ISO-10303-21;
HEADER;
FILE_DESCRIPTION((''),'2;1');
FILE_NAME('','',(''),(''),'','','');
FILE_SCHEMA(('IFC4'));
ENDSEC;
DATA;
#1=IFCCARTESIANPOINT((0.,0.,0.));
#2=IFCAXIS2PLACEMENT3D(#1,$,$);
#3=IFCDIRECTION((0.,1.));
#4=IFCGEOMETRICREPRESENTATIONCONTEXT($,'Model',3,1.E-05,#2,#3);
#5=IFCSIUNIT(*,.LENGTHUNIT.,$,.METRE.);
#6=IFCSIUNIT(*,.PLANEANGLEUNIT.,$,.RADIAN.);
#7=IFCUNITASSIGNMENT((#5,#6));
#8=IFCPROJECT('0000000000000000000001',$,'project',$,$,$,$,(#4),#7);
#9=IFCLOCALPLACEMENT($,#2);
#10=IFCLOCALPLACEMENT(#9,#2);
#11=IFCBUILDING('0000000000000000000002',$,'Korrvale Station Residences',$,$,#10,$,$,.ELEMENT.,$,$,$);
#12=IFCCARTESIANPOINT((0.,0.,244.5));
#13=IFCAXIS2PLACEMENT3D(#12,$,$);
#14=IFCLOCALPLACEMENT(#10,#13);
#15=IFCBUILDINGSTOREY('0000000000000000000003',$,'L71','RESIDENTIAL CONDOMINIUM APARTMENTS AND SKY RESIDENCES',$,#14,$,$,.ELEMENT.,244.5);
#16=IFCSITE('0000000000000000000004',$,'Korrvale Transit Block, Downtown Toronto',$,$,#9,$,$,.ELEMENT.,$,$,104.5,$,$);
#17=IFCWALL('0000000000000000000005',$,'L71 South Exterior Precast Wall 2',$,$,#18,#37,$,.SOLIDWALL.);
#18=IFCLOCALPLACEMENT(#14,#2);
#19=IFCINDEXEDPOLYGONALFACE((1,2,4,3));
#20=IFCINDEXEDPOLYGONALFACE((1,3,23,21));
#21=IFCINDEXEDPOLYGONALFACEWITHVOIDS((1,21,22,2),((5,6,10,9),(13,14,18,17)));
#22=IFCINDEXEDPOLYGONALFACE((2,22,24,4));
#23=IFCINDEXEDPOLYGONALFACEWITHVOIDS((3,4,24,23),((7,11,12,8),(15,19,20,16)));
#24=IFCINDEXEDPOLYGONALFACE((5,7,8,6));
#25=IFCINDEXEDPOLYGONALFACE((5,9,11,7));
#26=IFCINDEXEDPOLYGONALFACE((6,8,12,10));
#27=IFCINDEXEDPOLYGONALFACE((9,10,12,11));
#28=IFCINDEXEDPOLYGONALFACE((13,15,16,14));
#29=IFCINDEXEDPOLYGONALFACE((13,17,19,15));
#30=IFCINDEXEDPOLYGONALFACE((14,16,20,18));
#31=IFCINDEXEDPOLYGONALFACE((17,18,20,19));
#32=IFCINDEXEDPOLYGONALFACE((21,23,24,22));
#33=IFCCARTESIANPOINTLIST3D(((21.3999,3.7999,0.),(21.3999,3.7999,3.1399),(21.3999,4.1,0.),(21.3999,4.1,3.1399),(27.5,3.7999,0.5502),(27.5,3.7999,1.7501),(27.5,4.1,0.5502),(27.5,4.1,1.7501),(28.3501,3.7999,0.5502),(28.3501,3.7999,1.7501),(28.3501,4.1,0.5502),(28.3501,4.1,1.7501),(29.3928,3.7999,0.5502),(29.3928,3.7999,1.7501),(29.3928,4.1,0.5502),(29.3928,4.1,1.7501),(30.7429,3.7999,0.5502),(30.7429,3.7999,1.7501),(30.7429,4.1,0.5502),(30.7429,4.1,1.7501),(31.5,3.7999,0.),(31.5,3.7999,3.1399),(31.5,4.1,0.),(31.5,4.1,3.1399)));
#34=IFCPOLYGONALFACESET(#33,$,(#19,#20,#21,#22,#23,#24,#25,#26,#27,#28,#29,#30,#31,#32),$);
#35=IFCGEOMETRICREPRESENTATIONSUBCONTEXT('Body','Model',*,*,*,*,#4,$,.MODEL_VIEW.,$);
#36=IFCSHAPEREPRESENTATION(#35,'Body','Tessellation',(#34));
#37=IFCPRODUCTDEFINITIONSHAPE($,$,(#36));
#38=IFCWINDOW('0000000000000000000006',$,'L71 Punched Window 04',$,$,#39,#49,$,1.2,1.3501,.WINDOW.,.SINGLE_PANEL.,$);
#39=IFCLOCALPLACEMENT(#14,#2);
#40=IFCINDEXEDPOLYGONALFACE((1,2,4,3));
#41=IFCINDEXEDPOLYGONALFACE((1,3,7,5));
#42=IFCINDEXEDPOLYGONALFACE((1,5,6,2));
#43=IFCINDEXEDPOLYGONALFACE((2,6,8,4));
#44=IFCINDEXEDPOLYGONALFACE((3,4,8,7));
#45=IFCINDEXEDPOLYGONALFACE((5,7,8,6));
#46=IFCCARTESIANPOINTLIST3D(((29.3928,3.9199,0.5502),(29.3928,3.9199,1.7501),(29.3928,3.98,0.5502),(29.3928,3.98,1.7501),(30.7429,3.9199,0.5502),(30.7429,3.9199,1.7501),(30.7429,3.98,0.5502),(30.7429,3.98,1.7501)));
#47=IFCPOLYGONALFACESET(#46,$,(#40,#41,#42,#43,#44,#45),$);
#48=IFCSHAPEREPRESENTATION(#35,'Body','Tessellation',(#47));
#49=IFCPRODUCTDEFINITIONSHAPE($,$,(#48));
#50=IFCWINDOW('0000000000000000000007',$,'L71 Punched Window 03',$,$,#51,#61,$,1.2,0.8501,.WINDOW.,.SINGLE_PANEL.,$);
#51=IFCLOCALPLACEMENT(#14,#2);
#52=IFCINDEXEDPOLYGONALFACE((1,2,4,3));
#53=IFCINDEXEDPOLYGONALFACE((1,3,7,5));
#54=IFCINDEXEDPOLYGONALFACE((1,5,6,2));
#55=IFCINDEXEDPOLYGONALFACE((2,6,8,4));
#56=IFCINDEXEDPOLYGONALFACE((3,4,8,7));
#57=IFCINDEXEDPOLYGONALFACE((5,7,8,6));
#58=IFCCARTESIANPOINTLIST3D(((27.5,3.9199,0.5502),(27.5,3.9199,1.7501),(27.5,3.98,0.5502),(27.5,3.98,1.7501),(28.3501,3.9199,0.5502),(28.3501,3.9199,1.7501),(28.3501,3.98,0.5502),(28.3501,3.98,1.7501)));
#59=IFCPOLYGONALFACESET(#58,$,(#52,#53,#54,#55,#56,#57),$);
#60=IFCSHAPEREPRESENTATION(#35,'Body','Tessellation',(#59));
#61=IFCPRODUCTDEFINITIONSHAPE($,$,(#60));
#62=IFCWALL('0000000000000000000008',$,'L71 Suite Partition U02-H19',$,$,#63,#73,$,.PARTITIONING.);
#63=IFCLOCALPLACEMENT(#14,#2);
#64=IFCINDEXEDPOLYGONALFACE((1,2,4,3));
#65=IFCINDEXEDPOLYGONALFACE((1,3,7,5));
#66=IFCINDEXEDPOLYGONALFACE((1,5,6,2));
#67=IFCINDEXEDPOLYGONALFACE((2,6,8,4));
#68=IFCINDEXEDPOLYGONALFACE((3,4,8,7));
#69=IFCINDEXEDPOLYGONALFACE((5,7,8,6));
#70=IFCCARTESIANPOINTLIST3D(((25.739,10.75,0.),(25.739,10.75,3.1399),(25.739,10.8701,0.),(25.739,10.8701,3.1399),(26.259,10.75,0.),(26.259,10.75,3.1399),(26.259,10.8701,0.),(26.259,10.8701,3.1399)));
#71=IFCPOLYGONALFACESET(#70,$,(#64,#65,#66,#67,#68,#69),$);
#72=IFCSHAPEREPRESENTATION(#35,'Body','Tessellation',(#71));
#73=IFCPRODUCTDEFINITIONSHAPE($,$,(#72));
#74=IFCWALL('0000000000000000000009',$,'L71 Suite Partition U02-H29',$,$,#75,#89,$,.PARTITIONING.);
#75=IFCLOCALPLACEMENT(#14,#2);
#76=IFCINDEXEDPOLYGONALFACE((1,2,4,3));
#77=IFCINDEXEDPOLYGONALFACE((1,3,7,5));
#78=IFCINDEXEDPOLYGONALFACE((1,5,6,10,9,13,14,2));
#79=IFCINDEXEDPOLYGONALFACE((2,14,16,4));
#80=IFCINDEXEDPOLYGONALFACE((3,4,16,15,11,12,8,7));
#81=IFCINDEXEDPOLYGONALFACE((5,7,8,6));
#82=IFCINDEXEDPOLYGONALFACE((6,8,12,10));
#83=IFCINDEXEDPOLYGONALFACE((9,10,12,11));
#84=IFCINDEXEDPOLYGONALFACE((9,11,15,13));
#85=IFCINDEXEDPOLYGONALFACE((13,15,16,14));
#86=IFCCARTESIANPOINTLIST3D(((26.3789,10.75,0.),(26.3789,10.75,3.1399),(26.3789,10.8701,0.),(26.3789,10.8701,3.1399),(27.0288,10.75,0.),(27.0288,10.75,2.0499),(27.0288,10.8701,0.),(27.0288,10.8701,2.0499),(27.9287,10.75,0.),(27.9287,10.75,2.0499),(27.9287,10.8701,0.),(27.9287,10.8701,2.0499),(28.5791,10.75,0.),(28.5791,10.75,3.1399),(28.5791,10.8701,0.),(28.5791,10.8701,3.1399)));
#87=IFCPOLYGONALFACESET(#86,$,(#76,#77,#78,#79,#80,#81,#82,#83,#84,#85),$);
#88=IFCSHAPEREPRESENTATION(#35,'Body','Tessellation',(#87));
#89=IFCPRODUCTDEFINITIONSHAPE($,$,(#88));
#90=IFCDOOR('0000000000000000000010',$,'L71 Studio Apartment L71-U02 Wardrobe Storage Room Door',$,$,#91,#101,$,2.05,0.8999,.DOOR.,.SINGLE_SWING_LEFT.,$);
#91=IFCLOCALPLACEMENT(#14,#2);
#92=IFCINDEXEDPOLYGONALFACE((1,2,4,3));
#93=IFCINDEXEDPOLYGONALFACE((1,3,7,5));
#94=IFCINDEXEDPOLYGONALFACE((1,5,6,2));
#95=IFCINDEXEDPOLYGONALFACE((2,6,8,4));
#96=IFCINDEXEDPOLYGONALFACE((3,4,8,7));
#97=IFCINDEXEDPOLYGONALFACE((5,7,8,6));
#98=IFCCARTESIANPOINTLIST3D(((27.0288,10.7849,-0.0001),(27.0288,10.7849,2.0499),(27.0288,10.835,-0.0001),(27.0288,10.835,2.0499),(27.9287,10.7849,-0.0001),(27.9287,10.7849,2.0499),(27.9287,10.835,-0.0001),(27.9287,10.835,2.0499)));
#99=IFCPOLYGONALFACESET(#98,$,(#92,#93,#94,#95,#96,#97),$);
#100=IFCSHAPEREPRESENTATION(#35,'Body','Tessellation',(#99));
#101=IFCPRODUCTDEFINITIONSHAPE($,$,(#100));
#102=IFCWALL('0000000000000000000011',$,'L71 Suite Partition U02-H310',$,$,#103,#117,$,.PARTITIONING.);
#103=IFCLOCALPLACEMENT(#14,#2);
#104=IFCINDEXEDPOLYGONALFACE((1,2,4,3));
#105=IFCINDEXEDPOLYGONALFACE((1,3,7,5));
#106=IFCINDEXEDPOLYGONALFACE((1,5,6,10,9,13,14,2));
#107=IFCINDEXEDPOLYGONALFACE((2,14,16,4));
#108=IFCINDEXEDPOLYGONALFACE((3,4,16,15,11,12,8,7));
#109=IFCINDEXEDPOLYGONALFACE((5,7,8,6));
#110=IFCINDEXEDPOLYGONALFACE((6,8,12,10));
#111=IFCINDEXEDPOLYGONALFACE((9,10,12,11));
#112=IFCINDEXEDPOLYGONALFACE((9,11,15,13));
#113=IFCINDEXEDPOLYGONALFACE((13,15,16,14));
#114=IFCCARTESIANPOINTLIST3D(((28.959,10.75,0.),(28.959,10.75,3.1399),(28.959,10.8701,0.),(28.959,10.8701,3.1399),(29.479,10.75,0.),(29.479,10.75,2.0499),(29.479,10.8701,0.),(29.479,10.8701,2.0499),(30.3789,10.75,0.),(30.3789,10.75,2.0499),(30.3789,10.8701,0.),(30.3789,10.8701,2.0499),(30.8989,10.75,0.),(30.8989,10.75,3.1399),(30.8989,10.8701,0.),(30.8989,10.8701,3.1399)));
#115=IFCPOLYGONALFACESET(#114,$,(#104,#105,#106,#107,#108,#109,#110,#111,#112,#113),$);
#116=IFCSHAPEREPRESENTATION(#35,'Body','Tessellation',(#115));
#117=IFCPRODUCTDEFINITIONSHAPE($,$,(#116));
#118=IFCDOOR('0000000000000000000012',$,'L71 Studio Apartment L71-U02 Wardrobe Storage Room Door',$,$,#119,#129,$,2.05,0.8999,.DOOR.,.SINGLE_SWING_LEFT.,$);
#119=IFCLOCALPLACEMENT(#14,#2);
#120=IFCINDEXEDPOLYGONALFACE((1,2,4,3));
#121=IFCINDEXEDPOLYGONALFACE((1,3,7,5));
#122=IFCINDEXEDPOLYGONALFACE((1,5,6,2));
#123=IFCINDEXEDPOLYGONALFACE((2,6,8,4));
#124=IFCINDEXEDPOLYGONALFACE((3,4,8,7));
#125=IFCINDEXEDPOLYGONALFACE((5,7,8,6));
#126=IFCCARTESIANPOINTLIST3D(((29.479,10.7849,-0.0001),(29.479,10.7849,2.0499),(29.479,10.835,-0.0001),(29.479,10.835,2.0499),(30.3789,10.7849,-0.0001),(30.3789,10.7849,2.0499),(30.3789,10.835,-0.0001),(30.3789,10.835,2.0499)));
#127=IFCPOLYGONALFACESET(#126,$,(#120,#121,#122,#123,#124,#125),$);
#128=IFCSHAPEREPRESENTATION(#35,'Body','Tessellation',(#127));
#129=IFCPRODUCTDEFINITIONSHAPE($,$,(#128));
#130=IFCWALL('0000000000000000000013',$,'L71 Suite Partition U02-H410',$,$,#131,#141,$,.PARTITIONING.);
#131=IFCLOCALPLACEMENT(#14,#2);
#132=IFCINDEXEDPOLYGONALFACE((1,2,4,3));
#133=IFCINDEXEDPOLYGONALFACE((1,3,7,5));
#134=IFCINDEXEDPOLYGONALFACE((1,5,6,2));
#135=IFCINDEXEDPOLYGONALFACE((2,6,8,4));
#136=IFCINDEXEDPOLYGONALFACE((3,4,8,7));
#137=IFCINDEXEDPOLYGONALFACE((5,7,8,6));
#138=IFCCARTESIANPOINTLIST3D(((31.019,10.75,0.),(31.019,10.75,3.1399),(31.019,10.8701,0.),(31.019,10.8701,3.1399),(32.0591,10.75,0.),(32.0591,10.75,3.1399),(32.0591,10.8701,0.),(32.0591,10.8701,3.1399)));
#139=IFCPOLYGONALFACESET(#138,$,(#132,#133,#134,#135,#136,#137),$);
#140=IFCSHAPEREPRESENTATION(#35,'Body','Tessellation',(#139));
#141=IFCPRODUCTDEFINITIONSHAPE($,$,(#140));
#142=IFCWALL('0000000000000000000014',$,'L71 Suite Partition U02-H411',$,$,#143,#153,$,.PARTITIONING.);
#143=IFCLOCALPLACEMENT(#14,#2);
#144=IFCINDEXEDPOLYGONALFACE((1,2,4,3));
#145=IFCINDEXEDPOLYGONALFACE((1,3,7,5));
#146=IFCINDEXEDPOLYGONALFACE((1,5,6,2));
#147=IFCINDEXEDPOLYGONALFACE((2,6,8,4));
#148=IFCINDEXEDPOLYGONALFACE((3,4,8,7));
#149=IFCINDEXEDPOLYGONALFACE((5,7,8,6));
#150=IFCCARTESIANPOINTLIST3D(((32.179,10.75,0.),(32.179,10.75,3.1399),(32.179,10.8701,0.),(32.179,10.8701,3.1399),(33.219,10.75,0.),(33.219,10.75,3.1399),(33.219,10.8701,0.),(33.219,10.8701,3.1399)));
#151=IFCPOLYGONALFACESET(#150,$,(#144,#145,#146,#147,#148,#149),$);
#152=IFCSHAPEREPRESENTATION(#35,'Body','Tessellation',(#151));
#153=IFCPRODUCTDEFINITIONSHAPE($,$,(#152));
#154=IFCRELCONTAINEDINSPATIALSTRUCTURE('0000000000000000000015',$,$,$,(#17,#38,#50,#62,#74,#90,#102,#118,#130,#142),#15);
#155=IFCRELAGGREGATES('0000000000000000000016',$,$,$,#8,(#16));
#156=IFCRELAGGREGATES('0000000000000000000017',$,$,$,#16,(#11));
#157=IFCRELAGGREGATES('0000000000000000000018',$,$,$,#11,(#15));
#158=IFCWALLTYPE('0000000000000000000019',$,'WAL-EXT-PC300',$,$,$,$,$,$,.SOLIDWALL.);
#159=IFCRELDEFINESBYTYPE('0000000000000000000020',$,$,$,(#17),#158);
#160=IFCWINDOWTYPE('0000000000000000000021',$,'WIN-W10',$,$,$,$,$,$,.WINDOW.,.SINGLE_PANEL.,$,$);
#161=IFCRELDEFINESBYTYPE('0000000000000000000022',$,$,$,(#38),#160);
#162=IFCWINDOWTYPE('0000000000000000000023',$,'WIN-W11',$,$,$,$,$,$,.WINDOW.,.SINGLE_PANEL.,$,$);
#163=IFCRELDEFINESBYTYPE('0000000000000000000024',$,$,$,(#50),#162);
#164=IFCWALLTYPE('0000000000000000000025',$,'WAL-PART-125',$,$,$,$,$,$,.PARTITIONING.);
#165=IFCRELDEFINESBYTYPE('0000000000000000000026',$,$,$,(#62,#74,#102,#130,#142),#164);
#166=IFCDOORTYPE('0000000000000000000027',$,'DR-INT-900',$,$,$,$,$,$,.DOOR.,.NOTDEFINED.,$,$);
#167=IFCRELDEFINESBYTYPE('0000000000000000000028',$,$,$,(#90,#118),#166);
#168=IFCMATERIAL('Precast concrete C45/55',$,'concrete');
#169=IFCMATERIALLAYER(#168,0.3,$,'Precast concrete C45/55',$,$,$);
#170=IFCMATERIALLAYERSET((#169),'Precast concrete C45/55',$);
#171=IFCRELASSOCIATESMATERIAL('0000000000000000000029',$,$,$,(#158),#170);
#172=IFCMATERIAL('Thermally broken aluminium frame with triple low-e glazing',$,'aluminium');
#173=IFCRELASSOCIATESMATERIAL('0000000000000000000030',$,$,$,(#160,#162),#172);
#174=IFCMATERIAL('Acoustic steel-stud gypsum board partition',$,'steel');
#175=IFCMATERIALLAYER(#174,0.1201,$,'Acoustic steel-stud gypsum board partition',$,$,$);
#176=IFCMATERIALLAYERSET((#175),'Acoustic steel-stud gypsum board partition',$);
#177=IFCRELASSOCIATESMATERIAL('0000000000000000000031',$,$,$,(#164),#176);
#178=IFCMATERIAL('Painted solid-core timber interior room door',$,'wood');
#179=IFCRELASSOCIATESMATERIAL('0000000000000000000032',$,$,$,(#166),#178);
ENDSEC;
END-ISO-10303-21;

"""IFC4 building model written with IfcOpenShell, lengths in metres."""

from ifc_helpers import new_model, si_unit, direction, frame, frame_2d, origin, place, context, subcontext, project, spatial, rectangle, extrude, material, layer, layer_set, type_object, element, fill, save


model = new_model("IFC4")

# Units and contexts
model_context = context("Model", 3, precision=1e-05, world=origin(), true_north=direction((0.0, 1.0)))
body_context = subcontext(model_context, "Body", "Model", "MODEL_VIEW")
ifc_project = project(units=[si_unit("LENGTHUNIT", "METRE"), si_unit("PLANEANGLEUNIT", "RADIAN")], contexts=[model_context])

# Site, building, storey
site_placement = place(None, origin())
site = spatial("IfcSite", under=ifc_project, at=site_placement, Name="Korrvale Transit Block, Downtown Toronto", CompositionType="ELEMENT", RefElevation=104.5)
building_placement = place(site_placement, origin())
building = spatial("IfcBuilding", under=site, at=building_placement, Name="Korrvale Station Residences", CompositionType="ELEMENT")
storey_placement = place(building_placement, frame((0.0, 0.0, 244.5)))
storey = spatial("IfcBuildingStorey", under=building, at=storey_placement, Name="L71", Description="RESIDENTIAL CONDOMINIUM APARTMENTS AND SKY RESIDENCES", CompositionType="ELEMENT", Elevation=244.5)

# Shared definitions
ifc_material_1 = material(Name="Precast concrete C45/55", Category="concrete")

# Wall, openings, windows
ifc_layer_1 = layer(ifc_material_1, 0.3, Name="Precast concrete C45/55")
ifc_layer_set_1 = layer_set([ifc_layer_1], Name="Precast concrete C45/55")
wall_type_1 = type_object("IfcWallType", Name="WAL-EXT-PC300", PredefinedType="SOLIDWALL", material=ifc_layer_set_1)
wall_1_placement = place(storey_placement, frame((31.5, 3.95, 0.0), z_axis=(0.0, 0.0, 1.0), x_axis=(-1.0, 0.0, 0.0)))
wall_1 = element("IfcWall", 1, at=wall_1_placement, inside=storey, type_object=wall_type_1, Name="L71 South Exterior Precast Wall 2", PredefinedType="SOLIDWALL", context=body_context, shape_type="SweptSolid", body=[
    extrude(rectangle(XDim=10.1001, YDim=0.3, at=frame_2d((5.05, 0.0))), origin(), (0.0, 0.0, 1.0), 3.1399),
])
opening_1_placement = place(wall_1_placement, frame((3.1499, 0.0, 0.55)))
opening_1 = element("IfcOpeningElement", 2, at=opening_1_placement, cuts=wall_1, PredefinedType="OPENING", context=body_context, shape_type="SweptSolid", body=[
    extrude(rectangle(XDim=0.8501, YDim=1.2, at=frame_2d((0.425, 0.6001))), frame((0.0, 0.1602, 0.0), z_axis=(0.0, -1.0, 0.0), x_axis=(1.0, 0.0, 0.0)), (0.0, 0.0, 1.0), 0.3201),
])
opening_2_placement = place(wall_1_placement, frame((0.7571, 0.0, 0.55)))
opening_2 = element("IfcOpeningElement", 3, at=opening_2_placement, cuts=wall_1, PredefinedType="OPENING", context=body_context, shape_type="SweptSolid", body=[
    extrude(rectangle(XDim=1.3501, YDim=1.2, at=frame_2d((0.675, 0.6001))), frame((0.0, 0.1602, 0.0), z_axis=(0.0, -1.0, 0.0), x_axis=(1.0, 0.0, 0.0)), (0.0, 0.0, 1.0), 0.3201),
])
ifc_material_2 = material(Name="Thermally broken aluminium frame with triple low-e glazing", Category="aluminium")
window_type_1 = type_object("IfcWindowType", Name="WIN-W10", PartitioningType="SINGLE_PANEL", PredefinedType="WINDOW", material=ifc_material_2)
window_1_placement = place(opening_2_placement, origin())
window_1 = element("IfcWindow", 4, at=window_1_placement, inside=storey, type_object=window_type_1, Name="L71 Punched Window 04", OverallHeight=1.2, OverallWidth=1.3501, PartitioningType="SINGLE_PANEL", PredefinedType="WINDOW", context=body_context, shape_type="SweptSolid", body=[
    extrude(rectangle(XDim=1.3501, YDim=1.2, at=frame_2d((0.675, 0.6001))), frame((0.0, 0.03, 0.0), z_axis=(0.0, -1.0, 0.0), x_axis=(1.0, 0.0, 0.0)), (0.0, 0.0, 1.0), 0.0601),
])
fill(opening_2, window_1)
window_type_2 = type_object("IfcWindowType", Name="WIN-W11", PartitioningType="SINGLE_PANEL", PredefinedType="WINDOW", material=ifc_material_2)
window_2_placement = place(opening_1_placement, origin())
window_2 = element("IfcWindow", 5, at=window_2_placement, inside=storey, type_object=window_type_2, Name="L71 Punched Window 03", OverallHeight=1.2, OverallWidth=0.8501, PartitioningType="SINGLE_PANEL", PredefinedType="WINDOW", context=body_context, shape_type="SweptSolid", body=[
    extrude(rectangle(XDim=0.8501, YDim=1.2, at=frame_2d((0.425, 0.6001))), frame((0.0, 0.03, 0.0), z_axis=(0.0, -1.0, 0.0), x_axis=(1.0, 0.0, 0.0)), (0.0, 0.0, 1.0), 0.0601),
])
fill(opening_1, window_2)

# Wall
ifc_material_3 = material(Name="Acoustic steel-stud gypsum board partition", Category="steel")
ifc_layer_2 = layer(ifc_material_3, 0.1201, Name="Acoustic steel-stud gypsum board partition")
ifc_layer_set_2 = layer_set([ifc_layer_2], Name="Acoustic steel-stud gypsum board partition")
wall_type_2 = type_object("IfcWallType", Name="WAL-PART-125", PredefinedType="PARTITIONING", material=ifc_layer_set_2)
wall_2_placement = place(storey_placement, frame((25.739, 10.8101, 0.0), z_axis=(0.0, 0.0, 1.0), x_axis=(1.0, 0.0, 0.0)))
element("IfcWall", 6, at=wall_2_placement, inside=storey, type_object=wall_type_2, Name="L71 Suite Partition U02-H19", PredefinedType="PARTITIONING", context=body_context, shape_type="SweptSolid", body=[
    extrude(rectangle(XDim=0.52, YDim=0.1201, at=frame_2d((0.26, 0.0))), origin(), (0.0, 0.0, 1.0), 3.1399),
])

# Walls, openings, doors
wall_3_placement = place(storey_placement, frame((26.3789, 10.8101, 0.0), z_axis=(0.0, 0.0, 1.0), x_axis=(1.0, 0.0, 0.0)))
wall_3 = element("IfcWall", 7, at=wall_3_placement, inside=storey, type_object=wall_type_2, Name="L71 Suite Partition U02-H29", PredefinedType="PARTITIONING", context=body_context, shape_type="SweptSolid", body=[
    extrude(rectangle(XDim=2.2002, YDim=0.1201, at=frame_2d((1.1001, 0.0))), origin(), (0.0, 0.0, 1.0), 3.1399),
])
opening_3_placement = place(wall_3_placement, frame((0.6499, 0.0, 0.0)))
opening_3 = element("IfcOpeningElement", 8, at=opening_3_placement, cuts=wall_3, PredefinedType="OPENING", context=body_context, shape_type="SweptSolid", body=[
    extrude(rectangle(XDim=0.8999, YDim=2.05, at=frame_2d((0.45, 1.0249))), frame((0.0, 0.0701, 0.0), z_axis=(0.0, -1.0, 0.0), x_axis=(1.0, 0.0, 0.0)), (0.0, 0.0, 1.0), 0.1401),
])
ifc_material_4 = material(Name="Painted solid-core timber interior room door", Category="wood")
door_type = type_object("IfcDoorType", Name="DR-INT-900", OperationType="NOTDEFINED", PredefinedType="DOOR", material=ifc_material_4)
door_1_placement = place(opening_3_placement, origin())
door_1 = element("IfcDoor", 9, at=door_1_placement, inside=storey, type_object=door_type, Name="L71 Studio Apartment L71-U02 Wardrobe Storage Room Door", OperationType="SINGLE_SWING_LEFT", OverallHeight=2.05, OverallWidth=0.8999, PredefinedType="DOOR", context=body_context, shape_type="SweptSolid", body=[
    extrude(rectangle(XDim=0.8999, YDim=2.05, at=frame_2d((0.45, 1.0249))), frame((0.0, 0.0249, 0.0), z_axis=(0.0, -1.0, 0.0), x_axis=(1.0, 0.0, 0.0)), (0.0, 0.0, 1.0), 0.05),
])
fill(opening_3, door_1)
wall_4_placement = place(storey_placement, frame((28.959, 10.8101, 0.0), z_axis=(0.0, 0.0, 1.0), x_axis=(1.0, 0.0, 0.0)))
wall_4 = element("IfcWall", 10, at=wall_4_placement, inside=storey, type_object=wall_type_2, Name="L71 Suite Partition U02-H310", PredefinedType="PARTITIONING", context=body_context, shape_type="SweptSolid", body=[
    extrude(rectangle(XDim=1.9399, YDim=0.1201, at=frame_2d((0.97, 0.0))), origin(), (0.0, 0.0, 1.0), 3.1399),
])
opening_4_placement = place(wall_4_placement, frame((0.52, 0.0, 0.0)))
opening_4 = element("IfcOpeningElement", 11, at=opening_4_placement, cuts=wall_4, PredefinedType="OPENING", context=body_context, shape_type="SweptSolid", body=[
    extrude(rectangle(XDim=0.8999, YDim=2.05, at=frame_2d((0.45, 1.0249))), frame((0.0, 0.0701, 0.0), z_axis=(0.0, -1.0, 0.0), x_axis=(1.0, 0.0, 0.0)), (0.0, 0.0, 1.0), 0.1401),
])
door_2_placement = place(opening_4_placement, origin())
door_2 = element("IfcDoor", 12, at=door_2_placement, inside=storey, type_object=door_type, Name="L71 Studio Apartment L71-U02 Wardrobe Storage Room Door", OperationType="SINGLE_SWING_LEFT", OverallHeight=2.05, OverallWidth=0.8999, PredefinedType="DOOR", context=body_context, shape_type="SweptSolid", body=[
    extrude(rectangle(XDim=0.8999, YDim=2.05, at=frame_2d((0.45, 1.0249))), frame((0.0, 0.0249, 0.0), z_axis=(0.0, -1.0, 0.0), x_axis=(1.0, 0.0, 0.0)), (0.0, 0.0, 1.0), 0.05),
])
fill(opening_4, door_2)

# Walls
for number, where, z_axis, x_axis, name in (
    (13, (31.019, 10.8101, 0.0), (0.0, 0.0, 1.0), (1.0, 0.0, 0.0), "L71 Suite Partition U02-H410"),
    (14, (32.179, 10.8101, 0.0), (0.0, 0.0, 1.0), (1.0, 0.0, 0.0), "L71 Suite Partition U02-H411"),
):
    element("IfcWall", number, at=place(storey_placement, frame(where, z_axis=z_axis, x_axis=x_axis)), inside=storey, type_object=wall_type_2, Name=name, PredefinedType="PARTITIONING", context=body_context, shape_type="SweptSolid", body=[
        extrude(rectangle(XDim=1.04, YDim=0.1201, at=frame_2d((0.52, 0.0))), origin(), (0.0, 0.0, 1.0), 3.1399),
    ])

save(model, "model.ifc")
